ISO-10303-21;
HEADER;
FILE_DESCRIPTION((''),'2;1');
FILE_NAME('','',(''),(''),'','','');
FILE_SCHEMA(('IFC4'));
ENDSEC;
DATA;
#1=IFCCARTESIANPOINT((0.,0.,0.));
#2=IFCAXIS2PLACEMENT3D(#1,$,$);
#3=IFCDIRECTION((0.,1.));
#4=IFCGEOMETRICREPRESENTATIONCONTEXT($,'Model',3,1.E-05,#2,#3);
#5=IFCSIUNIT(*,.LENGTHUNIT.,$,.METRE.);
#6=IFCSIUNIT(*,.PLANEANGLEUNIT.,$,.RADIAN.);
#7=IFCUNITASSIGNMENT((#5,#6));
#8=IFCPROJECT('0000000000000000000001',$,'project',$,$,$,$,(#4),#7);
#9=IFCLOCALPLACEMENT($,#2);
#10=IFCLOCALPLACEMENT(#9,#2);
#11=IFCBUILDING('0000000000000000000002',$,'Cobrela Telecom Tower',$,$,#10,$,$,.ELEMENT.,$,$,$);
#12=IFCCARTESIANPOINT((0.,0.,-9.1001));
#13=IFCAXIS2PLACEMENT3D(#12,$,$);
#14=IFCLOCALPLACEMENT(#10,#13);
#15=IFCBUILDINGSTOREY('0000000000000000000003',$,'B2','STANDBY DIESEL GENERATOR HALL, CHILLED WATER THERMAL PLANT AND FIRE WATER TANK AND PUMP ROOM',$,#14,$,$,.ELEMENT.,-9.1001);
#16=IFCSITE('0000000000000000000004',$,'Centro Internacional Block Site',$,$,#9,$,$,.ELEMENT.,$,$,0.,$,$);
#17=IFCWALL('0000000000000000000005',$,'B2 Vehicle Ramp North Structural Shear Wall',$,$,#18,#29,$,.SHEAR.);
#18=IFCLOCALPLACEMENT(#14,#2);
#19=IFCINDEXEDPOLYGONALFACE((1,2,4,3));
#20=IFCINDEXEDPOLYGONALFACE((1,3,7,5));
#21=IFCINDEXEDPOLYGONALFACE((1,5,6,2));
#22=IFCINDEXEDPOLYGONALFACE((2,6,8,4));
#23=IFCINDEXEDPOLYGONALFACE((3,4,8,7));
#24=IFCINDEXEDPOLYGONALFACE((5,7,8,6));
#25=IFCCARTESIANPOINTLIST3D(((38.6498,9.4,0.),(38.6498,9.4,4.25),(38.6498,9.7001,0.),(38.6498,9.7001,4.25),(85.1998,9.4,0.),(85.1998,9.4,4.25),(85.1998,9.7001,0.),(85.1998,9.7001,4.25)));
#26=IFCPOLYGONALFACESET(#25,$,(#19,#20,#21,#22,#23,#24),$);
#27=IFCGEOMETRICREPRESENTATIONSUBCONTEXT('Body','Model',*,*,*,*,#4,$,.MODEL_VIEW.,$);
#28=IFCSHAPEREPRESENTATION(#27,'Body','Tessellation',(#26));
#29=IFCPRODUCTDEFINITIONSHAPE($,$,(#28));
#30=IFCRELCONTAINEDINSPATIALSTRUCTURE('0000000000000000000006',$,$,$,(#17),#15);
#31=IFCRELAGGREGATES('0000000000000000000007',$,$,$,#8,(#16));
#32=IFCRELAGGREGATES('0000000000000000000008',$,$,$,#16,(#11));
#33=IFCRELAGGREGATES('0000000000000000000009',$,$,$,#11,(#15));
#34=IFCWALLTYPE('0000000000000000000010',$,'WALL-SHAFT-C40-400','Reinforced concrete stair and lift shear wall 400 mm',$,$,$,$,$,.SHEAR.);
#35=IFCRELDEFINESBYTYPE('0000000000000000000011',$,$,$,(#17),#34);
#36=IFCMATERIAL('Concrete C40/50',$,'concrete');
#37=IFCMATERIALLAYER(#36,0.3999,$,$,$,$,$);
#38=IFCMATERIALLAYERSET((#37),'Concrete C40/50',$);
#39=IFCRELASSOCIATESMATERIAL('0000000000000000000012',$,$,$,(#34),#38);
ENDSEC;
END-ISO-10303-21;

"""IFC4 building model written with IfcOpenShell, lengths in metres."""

from ifc_helpers import new_model, si_unit, direction, frame, frame_2d, origin, place, context, subcontext, project, spatial, rectangle, extrude, material, layer, layer_set, type_object, element, save


model = new_model("IFC4")

# Units and contexts
model_context = context("Model", 3, precision=1e-05, world=origin(), true_north=direction((0.0, 1.0)))
body_context = subcontext(model_context, "Body", "Model", "MODEL_VIEW")
ifc_project = project(units=[si_unit("LENGTHUNIT", "METRE"), si_unit("PLANEANGLEUNIT", "RADIAN")], contexts=[model_context])

# Site, building, storey
site_placement = place(None, origin())
site = spatial("IfcSite", under=ifc_project, at=site_placement, Name="Centro Internacional Block Site", CompositionType="ELEMENT", RefElevation=0.0)
building_placement = place(site_placement, origin())
building = spatial("IfcBuilding", under=site, at=building_placement, Name="Cobrela Telecom Tower", CompositionType="ELEMENT")
storey_placement = place(building_placement, frame((0.0, 0.0, -9.1001)))
storey = spatial("IfcBuildingStorey", under=building, at=storey_placement, Name="B2", Description="STANDBY DIESEL GENERATOR HALL, CHILLED WATER THERMAL PLANT AND FIRE WATER TANK AND PUMP ROOM", CompositionType="ELEMENT", Elevation=-9.1001)

# Shared definitions
ifc_material_1 = material(Name="Concrete C40/50", Category="concrete")

# Wall
ifc_layer_1 = layer(ifc_material_1, 0.3999)
ifc_layer_set_1 = layer_set([ifc_layer_1], Name="Concrete C40/50")
wall_type_1 = type_object("IfcWallType", Name="WALL-SHAFT-C40-400", Description="Reinforced concrete stair and lift shear wall 400 mm", PredefinedType="SHEAR", material=ifc_layer_set_1)
wall_1_placement = place(storey_placement, frame((38.6499, 9.55, 0.0), z_axis=(0.0, 0.0, 1.0), x_axis=(1.0, 0.0, 0.0)))
element("IfcWall", 1, at=wall_1_placement, inside=storey, type_object=wall_type_1, Name="B2 Vehicle Ramp North Structural Shear Wall", PredefinedType="SHEAR", context=body_context, shape_type="SweptSolid", body=[
    extrude(rectangle(XDim=46.55, YDim=0.3, at=frame_2d((23.2749, 0.0))), origin(), (0.0, 0.0, 1.0), 4.25),
])

save(model, "model.ifc")
